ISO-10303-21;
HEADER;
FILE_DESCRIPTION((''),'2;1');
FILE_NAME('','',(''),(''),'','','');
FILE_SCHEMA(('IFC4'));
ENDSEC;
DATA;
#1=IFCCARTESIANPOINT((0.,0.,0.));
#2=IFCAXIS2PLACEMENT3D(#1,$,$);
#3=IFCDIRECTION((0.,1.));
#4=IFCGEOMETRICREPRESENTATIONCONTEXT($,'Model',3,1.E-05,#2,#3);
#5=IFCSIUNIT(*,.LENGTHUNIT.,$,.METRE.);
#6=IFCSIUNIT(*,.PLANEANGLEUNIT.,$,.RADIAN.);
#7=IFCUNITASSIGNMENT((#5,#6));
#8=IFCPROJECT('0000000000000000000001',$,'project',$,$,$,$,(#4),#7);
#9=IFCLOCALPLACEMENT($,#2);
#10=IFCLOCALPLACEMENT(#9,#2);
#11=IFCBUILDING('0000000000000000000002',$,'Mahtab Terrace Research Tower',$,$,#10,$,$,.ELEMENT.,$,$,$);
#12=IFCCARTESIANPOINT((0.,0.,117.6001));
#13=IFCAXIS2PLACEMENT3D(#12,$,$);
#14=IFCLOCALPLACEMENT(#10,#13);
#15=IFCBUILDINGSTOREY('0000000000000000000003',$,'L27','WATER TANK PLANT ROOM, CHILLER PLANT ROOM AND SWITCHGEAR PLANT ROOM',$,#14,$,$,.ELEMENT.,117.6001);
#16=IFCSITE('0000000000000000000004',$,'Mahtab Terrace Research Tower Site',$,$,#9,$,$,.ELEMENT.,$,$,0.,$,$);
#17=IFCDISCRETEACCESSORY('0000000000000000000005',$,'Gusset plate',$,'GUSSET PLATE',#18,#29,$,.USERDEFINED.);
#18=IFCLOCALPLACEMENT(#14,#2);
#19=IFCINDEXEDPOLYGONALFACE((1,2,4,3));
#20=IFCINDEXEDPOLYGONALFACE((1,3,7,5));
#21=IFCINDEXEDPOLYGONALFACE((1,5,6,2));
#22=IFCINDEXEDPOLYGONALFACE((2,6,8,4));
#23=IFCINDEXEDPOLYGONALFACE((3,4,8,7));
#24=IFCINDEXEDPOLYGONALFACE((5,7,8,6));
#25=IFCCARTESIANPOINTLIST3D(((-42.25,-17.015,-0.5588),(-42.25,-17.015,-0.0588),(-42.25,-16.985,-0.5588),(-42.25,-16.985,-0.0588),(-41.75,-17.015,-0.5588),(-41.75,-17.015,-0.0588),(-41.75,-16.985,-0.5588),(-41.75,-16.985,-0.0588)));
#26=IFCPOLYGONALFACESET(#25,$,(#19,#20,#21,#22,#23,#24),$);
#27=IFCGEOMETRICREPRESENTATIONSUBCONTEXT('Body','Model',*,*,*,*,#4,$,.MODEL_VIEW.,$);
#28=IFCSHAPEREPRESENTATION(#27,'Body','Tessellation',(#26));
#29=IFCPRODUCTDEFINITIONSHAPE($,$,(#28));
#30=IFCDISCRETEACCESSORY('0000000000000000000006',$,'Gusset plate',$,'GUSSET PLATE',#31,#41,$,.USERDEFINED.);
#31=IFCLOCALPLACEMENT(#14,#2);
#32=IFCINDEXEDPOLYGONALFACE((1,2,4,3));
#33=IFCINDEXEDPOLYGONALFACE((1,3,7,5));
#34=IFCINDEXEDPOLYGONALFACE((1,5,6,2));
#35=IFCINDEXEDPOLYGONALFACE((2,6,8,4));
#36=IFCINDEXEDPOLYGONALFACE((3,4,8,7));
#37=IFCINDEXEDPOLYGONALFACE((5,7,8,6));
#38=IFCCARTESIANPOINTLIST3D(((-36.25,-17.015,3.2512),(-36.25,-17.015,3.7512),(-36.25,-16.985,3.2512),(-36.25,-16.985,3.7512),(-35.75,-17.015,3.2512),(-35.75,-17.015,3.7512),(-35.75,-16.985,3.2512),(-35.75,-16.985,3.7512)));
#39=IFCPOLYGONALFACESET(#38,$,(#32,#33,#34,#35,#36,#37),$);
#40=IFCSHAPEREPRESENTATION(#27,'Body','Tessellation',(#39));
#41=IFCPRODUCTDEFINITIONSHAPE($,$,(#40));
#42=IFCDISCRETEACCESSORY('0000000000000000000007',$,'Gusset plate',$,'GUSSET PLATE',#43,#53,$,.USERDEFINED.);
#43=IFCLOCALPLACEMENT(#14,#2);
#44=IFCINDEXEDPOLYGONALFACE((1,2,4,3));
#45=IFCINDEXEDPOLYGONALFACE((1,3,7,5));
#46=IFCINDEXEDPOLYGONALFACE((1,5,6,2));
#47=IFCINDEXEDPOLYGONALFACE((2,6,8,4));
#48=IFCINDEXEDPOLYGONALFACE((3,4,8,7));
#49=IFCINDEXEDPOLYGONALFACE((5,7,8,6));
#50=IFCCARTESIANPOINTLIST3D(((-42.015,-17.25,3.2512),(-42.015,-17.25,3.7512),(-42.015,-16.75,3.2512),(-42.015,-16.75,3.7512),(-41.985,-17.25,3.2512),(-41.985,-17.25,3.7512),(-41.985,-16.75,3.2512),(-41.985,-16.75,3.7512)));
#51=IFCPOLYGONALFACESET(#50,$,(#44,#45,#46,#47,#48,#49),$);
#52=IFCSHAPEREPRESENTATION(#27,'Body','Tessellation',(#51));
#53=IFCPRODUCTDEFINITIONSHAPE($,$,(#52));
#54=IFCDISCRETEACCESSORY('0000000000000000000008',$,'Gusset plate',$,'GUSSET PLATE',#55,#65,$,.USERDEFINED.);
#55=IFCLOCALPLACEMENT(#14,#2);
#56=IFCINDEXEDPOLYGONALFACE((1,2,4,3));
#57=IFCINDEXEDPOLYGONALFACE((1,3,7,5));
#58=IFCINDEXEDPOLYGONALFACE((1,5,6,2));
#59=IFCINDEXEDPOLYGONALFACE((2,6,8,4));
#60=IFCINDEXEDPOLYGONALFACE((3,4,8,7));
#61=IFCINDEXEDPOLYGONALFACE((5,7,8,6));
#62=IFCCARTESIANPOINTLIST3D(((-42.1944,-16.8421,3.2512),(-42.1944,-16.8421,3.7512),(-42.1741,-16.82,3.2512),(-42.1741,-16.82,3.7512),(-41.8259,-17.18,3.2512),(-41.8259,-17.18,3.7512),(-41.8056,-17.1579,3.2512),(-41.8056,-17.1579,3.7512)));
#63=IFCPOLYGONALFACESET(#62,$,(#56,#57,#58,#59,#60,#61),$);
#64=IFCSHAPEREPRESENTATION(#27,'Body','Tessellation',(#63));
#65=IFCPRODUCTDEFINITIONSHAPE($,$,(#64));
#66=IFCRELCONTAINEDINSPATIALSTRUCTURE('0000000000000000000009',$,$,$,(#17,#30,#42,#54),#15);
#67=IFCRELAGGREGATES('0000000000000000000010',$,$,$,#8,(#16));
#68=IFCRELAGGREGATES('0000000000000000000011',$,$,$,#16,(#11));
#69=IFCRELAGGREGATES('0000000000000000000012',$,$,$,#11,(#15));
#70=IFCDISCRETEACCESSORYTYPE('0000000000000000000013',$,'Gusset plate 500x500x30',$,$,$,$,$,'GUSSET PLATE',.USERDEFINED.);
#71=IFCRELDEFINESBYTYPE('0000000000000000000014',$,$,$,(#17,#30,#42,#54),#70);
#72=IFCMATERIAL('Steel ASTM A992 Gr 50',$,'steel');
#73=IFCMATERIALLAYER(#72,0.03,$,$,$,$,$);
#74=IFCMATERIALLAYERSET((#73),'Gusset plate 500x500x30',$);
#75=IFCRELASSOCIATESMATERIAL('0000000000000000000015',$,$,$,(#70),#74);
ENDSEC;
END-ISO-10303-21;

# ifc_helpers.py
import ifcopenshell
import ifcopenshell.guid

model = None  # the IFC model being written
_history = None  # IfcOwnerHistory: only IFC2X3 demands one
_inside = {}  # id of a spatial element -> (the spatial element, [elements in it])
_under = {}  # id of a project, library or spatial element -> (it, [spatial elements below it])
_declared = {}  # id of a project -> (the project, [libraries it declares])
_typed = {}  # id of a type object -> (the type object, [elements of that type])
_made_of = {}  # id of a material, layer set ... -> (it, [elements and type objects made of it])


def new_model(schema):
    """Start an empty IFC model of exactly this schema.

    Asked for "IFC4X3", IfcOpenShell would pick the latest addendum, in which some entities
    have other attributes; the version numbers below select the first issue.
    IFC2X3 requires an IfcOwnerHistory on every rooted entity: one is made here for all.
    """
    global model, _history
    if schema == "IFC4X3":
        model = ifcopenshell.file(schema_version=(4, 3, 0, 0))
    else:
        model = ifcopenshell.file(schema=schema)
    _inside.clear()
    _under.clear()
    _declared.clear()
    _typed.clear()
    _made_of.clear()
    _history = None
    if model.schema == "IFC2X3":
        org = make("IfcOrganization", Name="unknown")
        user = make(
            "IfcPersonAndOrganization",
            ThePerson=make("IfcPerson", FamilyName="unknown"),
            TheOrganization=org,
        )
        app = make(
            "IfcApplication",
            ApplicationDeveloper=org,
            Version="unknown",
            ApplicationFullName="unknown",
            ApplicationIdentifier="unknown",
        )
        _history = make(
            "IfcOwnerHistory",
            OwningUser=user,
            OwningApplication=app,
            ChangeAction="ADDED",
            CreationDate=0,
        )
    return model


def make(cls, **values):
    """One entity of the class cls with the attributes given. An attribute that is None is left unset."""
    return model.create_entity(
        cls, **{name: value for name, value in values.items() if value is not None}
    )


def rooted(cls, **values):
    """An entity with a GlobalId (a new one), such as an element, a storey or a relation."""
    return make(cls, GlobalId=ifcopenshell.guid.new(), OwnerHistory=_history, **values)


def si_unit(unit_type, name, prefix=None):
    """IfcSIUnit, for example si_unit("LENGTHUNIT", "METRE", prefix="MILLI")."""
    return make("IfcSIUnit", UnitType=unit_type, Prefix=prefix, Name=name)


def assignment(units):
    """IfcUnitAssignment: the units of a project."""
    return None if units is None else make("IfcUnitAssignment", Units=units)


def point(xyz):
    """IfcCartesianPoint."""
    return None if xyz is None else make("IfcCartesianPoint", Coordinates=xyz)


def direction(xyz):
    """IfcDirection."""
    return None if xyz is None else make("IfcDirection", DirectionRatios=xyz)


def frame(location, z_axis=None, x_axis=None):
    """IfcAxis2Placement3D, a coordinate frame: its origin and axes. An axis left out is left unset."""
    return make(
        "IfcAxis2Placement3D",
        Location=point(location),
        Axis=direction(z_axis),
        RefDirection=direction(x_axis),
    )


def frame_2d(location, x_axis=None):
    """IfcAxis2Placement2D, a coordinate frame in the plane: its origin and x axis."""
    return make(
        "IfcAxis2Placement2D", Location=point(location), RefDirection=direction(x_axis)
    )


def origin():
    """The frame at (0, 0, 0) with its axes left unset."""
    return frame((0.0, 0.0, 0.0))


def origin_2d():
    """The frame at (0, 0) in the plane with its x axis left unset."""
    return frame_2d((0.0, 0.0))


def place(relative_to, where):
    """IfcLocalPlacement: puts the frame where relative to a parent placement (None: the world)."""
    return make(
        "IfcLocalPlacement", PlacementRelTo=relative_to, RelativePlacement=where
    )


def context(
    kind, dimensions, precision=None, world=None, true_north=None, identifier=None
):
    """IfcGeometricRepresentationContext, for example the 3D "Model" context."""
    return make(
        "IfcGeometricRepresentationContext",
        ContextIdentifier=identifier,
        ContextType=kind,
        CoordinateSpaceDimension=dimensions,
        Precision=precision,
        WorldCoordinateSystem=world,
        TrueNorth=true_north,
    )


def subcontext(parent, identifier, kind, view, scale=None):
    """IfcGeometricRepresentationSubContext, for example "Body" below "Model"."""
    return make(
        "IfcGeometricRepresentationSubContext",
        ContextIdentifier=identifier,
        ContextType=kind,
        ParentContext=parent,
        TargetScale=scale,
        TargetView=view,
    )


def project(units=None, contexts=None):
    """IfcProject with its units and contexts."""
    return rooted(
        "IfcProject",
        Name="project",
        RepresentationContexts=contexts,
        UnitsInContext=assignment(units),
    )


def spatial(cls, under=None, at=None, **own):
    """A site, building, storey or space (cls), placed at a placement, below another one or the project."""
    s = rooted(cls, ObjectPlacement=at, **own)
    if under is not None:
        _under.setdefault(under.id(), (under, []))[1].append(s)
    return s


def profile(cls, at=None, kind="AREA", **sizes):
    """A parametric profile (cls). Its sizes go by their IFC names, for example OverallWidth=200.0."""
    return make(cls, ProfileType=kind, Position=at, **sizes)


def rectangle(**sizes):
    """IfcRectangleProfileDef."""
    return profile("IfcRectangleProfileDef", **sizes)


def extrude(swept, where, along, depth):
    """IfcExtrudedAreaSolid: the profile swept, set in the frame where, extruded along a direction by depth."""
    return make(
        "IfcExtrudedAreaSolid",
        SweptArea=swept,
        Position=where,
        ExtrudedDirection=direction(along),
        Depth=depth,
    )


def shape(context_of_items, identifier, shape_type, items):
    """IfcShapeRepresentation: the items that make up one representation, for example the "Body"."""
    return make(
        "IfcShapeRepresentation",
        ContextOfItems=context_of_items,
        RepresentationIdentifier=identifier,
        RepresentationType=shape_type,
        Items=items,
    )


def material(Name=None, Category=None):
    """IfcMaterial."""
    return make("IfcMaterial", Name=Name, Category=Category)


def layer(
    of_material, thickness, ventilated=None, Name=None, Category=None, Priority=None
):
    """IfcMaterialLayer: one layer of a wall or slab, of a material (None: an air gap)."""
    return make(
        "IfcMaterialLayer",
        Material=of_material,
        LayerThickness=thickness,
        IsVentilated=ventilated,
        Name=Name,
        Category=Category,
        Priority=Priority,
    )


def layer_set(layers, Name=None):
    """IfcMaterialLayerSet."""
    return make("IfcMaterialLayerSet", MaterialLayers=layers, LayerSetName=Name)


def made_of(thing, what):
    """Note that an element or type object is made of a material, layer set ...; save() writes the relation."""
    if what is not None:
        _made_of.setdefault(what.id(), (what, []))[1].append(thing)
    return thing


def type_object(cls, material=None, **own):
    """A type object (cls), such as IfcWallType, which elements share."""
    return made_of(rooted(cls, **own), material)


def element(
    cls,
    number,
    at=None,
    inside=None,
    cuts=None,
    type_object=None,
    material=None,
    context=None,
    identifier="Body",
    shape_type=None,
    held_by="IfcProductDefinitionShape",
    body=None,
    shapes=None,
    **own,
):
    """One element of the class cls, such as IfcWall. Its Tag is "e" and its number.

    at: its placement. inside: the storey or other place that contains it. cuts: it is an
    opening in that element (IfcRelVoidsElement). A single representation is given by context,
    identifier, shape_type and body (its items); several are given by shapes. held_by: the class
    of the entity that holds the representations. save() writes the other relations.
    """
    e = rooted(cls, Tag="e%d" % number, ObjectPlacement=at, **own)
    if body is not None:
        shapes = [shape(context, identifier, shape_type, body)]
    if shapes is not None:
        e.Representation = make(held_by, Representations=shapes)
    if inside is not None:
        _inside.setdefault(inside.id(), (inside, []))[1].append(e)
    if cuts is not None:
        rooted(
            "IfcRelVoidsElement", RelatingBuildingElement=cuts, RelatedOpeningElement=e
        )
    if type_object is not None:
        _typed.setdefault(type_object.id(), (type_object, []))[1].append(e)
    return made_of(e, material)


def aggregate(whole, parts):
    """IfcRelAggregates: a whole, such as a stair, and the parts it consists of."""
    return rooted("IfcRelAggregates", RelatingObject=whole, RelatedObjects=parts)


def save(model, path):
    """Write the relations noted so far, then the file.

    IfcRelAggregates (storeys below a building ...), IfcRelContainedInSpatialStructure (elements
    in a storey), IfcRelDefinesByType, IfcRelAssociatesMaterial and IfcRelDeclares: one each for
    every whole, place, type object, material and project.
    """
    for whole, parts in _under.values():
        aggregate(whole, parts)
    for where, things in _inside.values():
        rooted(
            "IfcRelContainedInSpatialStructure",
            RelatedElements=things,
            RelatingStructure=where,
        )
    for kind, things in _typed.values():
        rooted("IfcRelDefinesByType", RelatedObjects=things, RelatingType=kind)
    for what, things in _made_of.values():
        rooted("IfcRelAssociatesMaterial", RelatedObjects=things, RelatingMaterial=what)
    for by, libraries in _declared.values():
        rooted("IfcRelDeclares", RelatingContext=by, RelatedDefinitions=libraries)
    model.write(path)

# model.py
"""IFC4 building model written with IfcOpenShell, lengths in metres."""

from ifc_helpers import new_model, si_unit, direction, frame, origin, origin_2d, place, context, subcontext, project, spatial, rectangle, extrude, material, layer, layer_set, type_object, element, save


model = new_model("IFC4")

# Units and contexts
model_context = context("Model", 3, precision=1e-05, world=origin(), true_north=direction((0.0, 1.0)))
body_context = subcontext(model_context, "Body", "Model", "MODEL_VIEW")
ifc_project = project(units=[si_unit("LENGTHUNIT", "METRE"), si_unit("PLANEANGLEUNIT", "RADIAN")], contexts=[model_context])

# Site, building, storey
site_placement = place(None, origin())
site = spatial("IfcSite", under=ifc_project, at=site_placement, Name="Mahtab Terrace Research Tower Site", CompositionType="ELEMENT", RefElevation=0.0)
building_placement = place(site_placement, origin())
building = spatial("IfcBuilding", under=site, at=building_placement, Name="Mahtab Terrace Research Tower", CompositionType="ELEMENT")
storey_placement = place(building_placement, frame((0.0, 0.0, 117.6001)))
storey = spatial("IfcBuildingStorey", under=building, at=storey_placement, Name="L27", Description="WATER TANK PLANT ROOM, CHILLER PLANT ROOM AND SWITCHGEAR PLANT ROOM", CompositionType="ELEMENT", Elevation=117.6001)

# Shared definitions
ifc_material_1 = material(Name="Steel ASTM A992 Gr 50", Category="steel")

# Discrete accessories
ifc_layer = layer(ifc_material_1, 0.03)
ifc_layer_set = layer_set([ifc_layer], Name="Gusset plate 500x500x30")
discrete_accessory_type_1 = type_object("IfcDiscreteAccessoryType", Name="Gusset plate 500x500x30", ElementType="GUSSET PLATE", PredefinedType="USERDEFINED", material=ifc_layer_set)
for number, where, z_axis, x_axis, name in (
    (1, (-42.0, -17.0, -0.5588), (0.0, 0.0, 1.0), (1.0, 0.0, 0.0), "Gusset plate"),
    (2, (-36.0, -17.0, 3.2512), (0.0, 0.0, 1.0), (1.0, 0.0, 0.0), "Gusset plate"),
    (3, (-42.0, -17.0, 3.2512), (0.0, 0.0, 1.0), (0.0, 1.0, 0.0), "Gusset plate"),
    (4, (-42.0, -17.0, 3.2512), (0.0, 0.0, 1.0), (-0.737159, 0.675719, 0.0), "Gusset plate"),
):
    element("IfcDiscreteAccessory", number, at=place(storey_placement, frame(where, z_axis=z_axis, x_axis=x_axis)), inside=storey, type_object=discrete_accessory_type_1, Name=name, ObjectType="GUSSET PLATE", PredefinedType="USERDEFINED", context=body_context, shape_type="SweptSolid", body=[
        extrude(rectangle(XDim=0.5, YDim=0.03, at=origin_2d()), origin(), (0.0, 0.0, 1.0), 0.5),
    ])

save(model, "model.ifc")
